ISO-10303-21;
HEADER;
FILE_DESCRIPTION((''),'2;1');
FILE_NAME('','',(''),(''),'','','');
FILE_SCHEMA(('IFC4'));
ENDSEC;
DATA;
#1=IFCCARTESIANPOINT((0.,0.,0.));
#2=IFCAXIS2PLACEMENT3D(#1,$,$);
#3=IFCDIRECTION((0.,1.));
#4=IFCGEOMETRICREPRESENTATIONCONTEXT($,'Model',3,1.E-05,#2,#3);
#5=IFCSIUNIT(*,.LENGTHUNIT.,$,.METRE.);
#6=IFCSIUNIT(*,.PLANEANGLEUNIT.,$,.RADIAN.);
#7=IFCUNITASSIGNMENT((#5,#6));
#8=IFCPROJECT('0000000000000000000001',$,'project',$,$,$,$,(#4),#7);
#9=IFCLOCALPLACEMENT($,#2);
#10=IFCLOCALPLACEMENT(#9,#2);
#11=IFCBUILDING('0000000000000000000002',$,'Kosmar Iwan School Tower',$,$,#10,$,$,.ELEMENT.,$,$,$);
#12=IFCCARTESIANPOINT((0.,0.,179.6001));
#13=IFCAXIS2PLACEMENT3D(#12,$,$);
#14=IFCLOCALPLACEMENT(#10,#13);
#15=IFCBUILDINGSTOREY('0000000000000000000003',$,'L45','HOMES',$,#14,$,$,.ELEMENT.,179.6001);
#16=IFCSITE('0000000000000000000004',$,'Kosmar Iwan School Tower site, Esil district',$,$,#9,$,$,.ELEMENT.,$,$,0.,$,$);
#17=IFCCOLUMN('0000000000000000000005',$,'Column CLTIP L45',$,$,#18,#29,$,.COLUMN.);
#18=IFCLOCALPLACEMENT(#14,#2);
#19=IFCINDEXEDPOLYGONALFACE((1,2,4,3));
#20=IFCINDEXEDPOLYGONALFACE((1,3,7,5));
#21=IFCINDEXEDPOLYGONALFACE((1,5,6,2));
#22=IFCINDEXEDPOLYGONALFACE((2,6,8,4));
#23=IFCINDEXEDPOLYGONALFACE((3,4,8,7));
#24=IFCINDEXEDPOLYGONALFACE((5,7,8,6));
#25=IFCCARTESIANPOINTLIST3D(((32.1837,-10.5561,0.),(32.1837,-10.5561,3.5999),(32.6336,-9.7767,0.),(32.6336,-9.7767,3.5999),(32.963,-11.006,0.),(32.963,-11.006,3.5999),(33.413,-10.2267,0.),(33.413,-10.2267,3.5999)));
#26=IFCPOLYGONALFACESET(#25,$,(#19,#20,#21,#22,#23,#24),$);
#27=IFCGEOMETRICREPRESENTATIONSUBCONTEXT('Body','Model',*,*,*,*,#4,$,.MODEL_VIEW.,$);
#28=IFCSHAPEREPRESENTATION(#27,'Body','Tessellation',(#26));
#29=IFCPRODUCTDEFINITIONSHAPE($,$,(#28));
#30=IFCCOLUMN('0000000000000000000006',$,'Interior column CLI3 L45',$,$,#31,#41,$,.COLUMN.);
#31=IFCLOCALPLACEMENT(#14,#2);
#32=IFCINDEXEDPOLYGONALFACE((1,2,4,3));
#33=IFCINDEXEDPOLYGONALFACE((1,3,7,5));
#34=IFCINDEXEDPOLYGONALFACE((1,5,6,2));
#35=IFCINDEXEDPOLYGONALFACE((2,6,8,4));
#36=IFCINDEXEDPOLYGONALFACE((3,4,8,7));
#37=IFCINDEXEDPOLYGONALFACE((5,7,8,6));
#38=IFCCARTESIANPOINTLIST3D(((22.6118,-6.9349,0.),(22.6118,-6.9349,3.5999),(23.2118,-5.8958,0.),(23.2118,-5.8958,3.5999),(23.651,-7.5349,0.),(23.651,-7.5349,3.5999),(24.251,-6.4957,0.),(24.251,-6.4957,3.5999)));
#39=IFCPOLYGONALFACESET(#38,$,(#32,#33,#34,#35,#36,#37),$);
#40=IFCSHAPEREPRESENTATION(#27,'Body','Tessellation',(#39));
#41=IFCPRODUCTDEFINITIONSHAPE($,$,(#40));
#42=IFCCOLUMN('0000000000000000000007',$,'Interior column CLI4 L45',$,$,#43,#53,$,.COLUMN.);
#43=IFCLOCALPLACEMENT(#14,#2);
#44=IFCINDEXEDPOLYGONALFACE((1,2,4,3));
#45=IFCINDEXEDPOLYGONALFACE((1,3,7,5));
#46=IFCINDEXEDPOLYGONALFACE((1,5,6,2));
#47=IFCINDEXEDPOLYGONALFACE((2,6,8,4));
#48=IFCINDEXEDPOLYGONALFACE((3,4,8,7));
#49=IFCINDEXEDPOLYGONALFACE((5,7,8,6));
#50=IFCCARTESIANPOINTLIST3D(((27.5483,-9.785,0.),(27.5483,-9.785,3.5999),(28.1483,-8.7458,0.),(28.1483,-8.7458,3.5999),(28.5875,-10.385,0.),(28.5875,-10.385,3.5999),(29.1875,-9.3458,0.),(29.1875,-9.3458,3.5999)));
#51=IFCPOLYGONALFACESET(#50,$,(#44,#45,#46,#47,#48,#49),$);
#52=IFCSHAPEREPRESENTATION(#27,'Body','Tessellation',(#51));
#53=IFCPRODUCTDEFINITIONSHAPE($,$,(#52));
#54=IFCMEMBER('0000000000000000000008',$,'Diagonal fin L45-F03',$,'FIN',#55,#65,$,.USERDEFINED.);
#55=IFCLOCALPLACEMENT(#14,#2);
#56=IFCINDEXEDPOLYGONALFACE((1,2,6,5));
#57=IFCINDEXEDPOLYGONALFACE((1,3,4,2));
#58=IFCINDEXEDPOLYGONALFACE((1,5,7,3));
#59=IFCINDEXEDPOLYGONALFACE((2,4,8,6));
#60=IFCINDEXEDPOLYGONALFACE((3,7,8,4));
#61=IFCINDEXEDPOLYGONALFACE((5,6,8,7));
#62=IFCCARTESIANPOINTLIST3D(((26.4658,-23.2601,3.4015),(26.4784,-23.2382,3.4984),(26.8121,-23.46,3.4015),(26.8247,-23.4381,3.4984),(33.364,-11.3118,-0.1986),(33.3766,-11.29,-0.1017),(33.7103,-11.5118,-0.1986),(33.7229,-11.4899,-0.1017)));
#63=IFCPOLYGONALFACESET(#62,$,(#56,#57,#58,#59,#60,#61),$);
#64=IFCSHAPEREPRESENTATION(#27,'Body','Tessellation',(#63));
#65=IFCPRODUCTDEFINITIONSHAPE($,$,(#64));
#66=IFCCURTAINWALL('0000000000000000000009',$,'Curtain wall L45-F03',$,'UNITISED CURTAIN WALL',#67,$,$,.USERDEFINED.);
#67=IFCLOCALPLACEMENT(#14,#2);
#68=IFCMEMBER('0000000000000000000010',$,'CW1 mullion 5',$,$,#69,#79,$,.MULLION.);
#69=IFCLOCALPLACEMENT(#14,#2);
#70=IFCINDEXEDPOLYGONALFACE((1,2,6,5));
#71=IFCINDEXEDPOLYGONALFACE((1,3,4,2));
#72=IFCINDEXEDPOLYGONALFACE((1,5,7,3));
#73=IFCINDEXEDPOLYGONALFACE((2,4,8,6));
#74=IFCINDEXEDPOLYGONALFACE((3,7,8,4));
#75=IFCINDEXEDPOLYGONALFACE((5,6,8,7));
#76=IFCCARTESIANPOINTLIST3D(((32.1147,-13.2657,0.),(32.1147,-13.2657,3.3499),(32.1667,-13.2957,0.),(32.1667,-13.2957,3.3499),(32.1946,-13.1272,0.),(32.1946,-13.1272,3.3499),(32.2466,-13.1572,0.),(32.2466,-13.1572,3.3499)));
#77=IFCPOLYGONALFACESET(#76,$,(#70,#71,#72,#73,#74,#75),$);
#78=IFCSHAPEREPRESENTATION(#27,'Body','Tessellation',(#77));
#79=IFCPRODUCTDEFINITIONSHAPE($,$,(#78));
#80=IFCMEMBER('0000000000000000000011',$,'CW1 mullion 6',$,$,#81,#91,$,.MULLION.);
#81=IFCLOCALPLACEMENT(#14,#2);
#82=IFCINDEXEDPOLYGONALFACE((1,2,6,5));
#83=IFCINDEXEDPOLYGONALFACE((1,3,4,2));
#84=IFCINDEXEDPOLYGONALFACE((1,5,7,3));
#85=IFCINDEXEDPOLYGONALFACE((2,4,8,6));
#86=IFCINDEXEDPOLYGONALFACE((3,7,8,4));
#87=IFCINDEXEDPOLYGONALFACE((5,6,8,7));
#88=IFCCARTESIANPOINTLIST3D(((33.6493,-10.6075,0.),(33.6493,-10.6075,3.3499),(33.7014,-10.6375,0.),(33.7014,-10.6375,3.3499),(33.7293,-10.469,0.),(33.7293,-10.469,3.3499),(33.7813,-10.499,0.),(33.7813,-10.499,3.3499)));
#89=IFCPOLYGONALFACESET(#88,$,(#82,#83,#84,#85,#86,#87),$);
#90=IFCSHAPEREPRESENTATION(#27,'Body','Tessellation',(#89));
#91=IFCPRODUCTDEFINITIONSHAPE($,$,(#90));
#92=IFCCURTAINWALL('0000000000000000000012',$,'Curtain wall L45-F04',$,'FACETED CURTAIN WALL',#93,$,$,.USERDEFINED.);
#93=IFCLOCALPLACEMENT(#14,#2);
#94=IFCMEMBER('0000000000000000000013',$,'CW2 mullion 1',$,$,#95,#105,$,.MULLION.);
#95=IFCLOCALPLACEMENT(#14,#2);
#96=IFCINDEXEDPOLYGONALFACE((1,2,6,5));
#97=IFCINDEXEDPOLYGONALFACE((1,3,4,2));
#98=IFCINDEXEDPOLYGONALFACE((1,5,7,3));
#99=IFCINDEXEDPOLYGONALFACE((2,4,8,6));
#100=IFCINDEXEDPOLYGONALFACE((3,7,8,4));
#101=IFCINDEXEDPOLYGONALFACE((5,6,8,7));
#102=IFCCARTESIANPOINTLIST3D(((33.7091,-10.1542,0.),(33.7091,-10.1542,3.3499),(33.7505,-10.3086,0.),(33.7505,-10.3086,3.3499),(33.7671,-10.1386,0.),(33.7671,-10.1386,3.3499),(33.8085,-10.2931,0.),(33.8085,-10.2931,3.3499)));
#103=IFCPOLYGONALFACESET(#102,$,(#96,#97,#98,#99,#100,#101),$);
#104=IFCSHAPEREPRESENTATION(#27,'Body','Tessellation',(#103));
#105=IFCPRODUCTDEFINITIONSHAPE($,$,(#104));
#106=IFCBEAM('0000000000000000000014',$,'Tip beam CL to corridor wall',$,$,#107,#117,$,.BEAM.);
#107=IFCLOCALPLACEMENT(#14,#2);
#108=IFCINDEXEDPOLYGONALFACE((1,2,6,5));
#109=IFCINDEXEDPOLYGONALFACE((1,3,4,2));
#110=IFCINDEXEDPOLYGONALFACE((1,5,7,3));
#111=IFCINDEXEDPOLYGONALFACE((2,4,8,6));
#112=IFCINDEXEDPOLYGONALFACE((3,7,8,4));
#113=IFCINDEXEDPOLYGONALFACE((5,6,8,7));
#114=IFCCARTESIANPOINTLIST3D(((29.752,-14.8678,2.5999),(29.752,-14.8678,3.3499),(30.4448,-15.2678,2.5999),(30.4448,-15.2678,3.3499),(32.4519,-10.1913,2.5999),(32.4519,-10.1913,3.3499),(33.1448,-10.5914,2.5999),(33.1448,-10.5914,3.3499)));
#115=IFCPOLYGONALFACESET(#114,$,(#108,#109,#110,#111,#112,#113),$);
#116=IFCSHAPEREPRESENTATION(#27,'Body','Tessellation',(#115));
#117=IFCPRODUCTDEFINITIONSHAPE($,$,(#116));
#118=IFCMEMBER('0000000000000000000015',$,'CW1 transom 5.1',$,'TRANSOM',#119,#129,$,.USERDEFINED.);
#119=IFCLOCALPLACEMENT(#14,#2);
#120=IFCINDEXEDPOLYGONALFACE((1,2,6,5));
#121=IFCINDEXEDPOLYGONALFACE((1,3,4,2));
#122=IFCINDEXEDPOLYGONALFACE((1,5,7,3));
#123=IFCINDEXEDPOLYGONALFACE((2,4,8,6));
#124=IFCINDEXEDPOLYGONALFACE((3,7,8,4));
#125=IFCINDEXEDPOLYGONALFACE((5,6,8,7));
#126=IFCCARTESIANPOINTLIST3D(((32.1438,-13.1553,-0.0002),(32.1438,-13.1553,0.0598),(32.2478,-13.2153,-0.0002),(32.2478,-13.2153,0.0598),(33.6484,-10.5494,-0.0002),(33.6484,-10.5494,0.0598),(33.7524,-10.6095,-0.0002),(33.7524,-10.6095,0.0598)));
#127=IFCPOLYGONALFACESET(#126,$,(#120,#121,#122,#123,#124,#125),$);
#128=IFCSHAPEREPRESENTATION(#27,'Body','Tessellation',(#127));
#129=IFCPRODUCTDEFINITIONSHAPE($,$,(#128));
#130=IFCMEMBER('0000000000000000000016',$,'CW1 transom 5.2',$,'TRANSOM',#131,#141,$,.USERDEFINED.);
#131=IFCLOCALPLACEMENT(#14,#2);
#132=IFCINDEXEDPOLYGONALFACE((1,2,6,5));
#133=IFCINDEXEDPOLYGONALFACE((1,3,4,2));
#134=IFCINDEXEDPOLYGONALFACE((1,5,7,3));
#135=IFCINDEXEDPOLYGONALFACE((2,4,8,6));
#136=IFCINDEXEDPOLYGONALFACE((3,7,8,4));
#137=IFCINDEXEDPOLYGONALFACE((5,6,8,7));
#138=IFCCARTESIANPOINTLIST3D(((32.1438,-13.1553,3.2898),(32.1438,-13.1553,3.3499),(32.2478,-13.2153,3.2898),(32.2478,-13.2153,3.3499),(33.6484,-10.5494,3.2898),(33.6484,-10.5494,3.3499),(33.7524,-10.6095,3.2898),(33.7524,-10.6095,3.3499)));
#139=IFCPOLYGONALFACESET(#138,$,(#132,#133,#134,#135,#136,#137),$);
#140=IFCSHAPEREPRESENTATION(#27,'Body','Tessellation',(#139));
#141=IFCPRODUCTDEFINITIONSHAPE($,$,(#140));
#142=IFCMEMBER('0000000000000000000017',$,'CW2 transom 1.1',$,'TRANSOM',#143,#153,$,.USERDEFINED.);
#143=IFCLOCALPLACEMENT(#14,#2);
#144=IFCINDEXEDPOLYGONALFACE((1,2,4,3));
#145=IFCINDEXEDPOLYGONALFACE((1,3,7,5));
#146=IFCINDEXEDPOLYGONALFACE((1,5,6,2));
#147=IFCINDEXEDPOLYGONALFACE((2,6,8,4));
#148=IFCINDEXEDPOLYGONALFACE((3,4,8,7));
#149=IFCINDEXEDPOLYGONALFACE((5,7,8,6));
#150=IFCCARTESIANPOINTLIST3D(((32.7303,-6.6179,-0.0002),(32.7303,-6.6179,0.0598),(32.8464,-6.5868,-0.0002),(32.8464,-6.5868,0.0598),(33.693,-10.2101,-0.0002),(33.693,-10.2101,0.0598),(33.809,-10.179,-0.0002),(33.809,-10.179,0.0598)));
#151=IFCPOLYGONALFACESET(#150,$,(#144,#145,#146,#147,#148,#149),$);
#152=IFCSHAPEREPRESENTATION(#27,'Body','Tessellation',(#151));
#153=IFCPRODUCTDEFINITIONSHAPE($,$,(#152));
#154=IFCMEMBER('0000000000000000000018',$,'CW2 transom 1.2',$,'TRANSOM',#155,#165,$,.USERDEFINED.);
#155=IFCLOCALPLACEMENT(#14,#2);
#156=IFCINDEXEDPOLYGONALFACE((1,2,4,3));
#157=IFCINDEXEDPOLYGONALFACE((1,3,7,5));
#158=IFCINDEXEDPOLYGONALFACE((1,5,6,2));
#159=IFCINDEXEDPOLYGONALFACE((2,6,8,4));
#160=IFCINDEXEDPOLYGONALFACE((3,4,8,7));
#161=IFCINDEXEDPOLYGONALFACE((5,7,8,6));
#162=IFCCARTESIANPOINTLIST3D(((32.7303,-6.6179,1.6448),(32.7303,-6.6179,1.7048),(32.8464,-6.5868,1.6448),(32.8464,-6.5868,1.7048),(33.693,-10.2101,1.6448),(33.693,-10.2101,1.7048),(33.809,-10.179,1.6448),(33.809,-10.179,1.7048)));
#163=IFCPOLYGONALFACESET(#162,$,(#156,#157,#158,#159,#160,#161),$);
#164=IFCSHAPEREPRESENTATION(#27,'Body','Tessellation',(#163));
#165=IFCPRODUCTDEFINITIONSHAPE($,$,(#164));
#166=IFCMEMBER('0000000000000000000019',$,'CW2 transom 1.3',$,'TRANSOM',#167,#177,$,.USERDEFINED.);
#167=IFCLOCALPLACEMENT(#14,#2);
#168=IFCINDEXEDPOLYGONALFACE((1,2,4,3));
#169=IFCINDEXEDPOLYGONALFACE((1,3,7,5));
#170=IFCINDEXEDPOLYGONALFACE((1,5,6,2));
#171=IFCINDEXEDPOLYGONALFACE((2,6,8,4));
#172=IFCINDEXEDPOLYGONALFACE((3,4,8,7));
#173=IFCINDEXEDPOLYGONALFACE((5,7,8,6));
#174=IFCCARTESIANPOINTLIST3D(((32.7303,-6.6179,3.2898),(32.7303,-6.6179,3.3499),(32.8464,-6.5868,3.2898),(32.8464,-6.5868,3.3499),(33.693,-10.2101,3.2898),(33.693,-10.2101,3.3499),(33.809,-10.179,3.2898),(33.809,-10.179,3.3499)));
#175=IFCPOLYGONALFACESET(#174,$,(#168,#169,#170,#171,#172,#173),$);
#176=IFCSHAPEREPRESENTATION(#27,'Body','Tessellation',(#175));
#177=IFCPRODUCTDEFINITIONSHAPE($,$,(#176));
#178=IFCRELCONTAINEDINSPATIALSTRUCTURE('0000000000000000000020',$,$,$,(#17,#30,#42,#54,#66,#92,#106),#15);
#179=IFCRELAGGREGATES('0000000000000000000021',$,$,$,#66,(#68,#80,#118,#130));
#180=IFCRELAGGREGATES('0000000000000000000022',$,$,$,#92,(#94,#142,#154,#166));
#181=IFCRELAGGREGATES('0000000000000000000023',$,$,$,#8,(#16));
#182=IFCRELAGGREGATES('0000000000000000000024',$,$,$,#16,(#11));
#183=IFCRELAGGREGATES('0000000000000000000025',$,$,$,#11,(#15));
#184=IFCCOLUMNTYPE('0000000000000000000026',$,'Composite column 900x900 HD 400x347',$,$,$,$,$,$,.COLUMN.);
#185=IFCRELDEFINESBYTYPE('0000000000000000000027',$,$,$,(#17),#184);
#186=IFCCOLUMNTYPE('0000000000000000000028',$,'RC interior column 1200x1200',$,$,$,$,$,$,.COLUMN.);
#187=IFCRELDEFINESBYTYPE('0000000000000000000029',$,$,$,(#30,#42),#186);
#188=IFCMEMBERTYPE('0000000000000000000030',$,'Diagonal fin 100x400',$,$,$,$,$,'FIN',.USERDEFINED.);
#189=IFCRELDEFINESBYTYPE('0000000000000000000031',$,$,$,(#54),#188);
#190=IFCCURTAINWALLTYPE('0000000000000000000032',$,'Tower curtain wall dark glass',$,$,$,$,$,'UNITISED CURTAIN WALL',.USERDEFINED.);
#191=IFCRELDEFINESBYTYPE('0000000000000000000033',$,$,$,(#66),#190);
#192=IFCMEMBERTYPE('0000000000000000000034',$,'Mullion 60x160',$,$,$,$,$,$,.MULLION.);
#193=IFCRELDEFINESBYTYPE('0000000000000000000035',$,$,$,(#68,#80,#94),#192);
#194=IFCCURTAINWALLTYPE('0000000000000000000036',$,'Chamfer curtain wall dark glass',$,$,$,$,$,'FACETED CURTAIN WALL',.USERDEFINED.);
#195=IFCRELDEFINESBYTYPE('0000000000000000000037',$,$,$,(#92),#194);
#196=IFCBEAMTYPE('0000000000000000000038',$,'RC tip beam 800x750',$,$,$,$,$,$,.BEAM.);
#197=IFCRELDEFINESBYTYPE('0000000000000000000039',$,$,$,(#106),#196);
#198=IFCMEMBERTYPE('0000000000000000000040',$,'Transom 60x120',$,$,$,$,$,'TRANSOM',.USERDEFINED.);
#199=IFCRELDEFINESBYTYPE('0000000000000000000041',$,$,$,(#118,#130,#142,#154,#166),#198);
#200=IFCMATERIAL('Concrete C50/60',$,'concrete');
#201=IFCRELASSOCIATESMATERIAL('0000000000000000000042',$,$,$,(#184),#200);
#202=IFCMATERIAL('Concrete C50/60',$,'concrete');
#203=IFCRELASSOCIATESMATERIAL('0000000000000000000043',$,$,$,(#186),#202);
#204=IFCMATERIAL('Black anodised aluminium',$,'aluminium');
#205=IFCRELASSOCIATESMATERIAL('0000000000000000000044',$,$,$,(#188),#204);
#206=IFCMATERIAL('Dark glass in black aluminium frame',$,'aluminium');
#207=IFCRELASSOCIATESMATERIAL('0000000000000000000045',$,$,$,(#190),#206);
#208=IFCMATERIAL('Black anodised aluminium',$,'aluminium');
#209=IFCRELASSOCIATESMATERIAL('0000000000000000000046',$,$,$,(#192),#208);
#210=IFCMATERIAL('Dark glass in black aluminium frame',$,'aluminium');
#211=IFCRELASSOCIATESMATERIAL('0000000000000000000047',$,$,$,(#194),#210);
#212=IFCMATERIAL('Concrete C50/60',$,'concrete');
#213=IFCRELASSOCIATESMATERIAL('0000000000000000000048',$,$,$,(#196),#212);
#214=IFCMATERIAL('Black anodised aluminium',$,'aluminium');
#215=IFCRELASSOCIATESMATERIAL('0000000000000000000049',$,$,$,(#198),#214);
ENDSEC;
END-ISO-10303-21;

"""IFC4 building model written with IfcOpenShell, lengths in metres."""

from ifc_helpers import new_model, si_unit, direction, frame, origin, origin_2d, place, context, subcontext, project, spatial, rectangle, extrude, material, material_profile, profile_set, type_object, element, aggregate, save


model = new_model("IFC4")

# Units and contexts
model_context = context("Model", 3, precision=1e-05, world=origin(), true_north=direction((0.0, 1.0)))
body_context = subcontext(model_context, "Body", "Model", "MODEL_VIEW")
ifc_project = project(units=[si_unit("LENGTHUNIT", "METRE"), si_unit("PLANEANGLEUNIT", "RADIAN")], contexts=[model_context])

# Site, building, storey
site_placement = place(None, origin())
site = spatial("IfcSite", under=ifc_project, at=site_placement, Name="Kosmar Iwan School Tower site, Esil district", CompositionType="ELEMENT", RefElevation=0.0)
building_placement = place(site_placement, origin())
building = spatial("IfcBuilding", under=site, at=building_placement, Name="Kosmar Iwan School Tower", CompositionType="ELEMENT")
storey_placement = place(building_placement, frame((0.0, 0.0, 179.6001)))
storey = spatial("IfcBuildingStorey", under=building, at=storey_placement, Name="L45", Description="HOMES", CompositionType="ELEMENT", Elevation=179.6001)

# Columns
ifc_material_1 = material(Name="Concrete C50/60", Category="concrete")
ifc_material_profile_1 = material_profile(ifc_material_1, rectangle(XDim=0.8999, YDim=0.8999, at=origin_2d()), Name="RC 900x900 + HD 400x347")
ifc_profile_set_1 = profile_set([ifc_material_profile_1], Name="Concrete C50/60")
column_type_1 = type_object("IfcColumnType", Name="Composite column 900x900 HD 400x347", PredefinedType="COLUMN", material=ifc_profile_set_1)
column_placement = place(storey_placement, frame((32.7983, -10.3914, 0.0), z_axis=(0.0, 0.0, 1.0), x_axis=(0.866025, -0.5, 0.0)))
element("IfcColumn", 1, at=column_placement, inside=storey, type_object=column_type_1, Name="Column CLTIP L45", PredefinedType="COLUMN", context=body_context, shape_type="SweptSolid", body=[
    extrude(rectangle(XDim=0.8999, YDim=0.8999, at=origin_2d()), origin(), (0.0, 0.0, 1.0), 3.5999),
])
ifc_material_2 = material(Name="Concrete C50/60", Category="concrete")
ifc_material_profile_2 = material_profile(ifc_material_2, rectangle(XDim=1.2, YDim=1.2, at=origin_2d()), Name="RC 1200x1200")
ifc_profile_set_2 = profile_set([ifc_material_profile_2], Name="Concrete C50/60")
column_type_2 = type_object("IfcColumnType", Name="RC interior column 1200x1200", PredefinedType="COLUMN", material=ifc_profile_set_2)
for number, where, z_axis, x_axis, name in (
    (2, (23.4314, -6.7153, 0.0), (0.0, 0.0, 1.0), (0.866025, -0.5, 0.0), "Interior column CLI3 L45"),
    (3, (28.3679, -9.5654, 0.0), (0.0, 0.0, 1.0), (0.866025, -0.5, 0.0), "Interior column CLI4 L45"),
):
    element("IfcColumn", number, at=place(storey_placement, frame(where, z_axis=z_axis, x_axis=x_axis)), inside=storey, type_object=column_type_2, Name=name, PredefinedType="COLUMN", context=body_context, shape_type="SweptSolid", body=[
        extrude(rectangle(XDim=1.2, YDim=1.2, at=origin_2d()), origin(), (0.0, 0.0, 1.0), 3.5999),
    ])

# Member
ifc_material_3 = material(Name="Black anodised aluminium", Category="aluminium")
ifc_material_profile_3 = material_profile(ifc_material_3, rectangle(XDim=0.1001, YDim=0.3999, at=origin_2d()), Name="FIN 100x400")
ifc_profile_set_3 = profile_set([ifc_material_profile_3], Name="Black anodised aluminium")
member_type_1 = type_object("IfcMemberType", Name="Diagonal fin 100x400", ElementType="FIN", PredefinedType="USERDEFINED", material=ifc_profile_set_3)
member_1_placement = place(storey_placement, frame((33.5435, -11.4009, -0.1501), z_axis=(-0.483793, -0.83797, 0.252487), x_axis=(0.126242, 0.218661, 0.9676)))
element("IfcMember", 4, at=member_1_placement, inside=storey, type_object=member_type_1, Name="Diagonal fin L45-F03", ObjectType="FIN", PredefinedType="USERDEFINED", context=body_context, shape_type="SweptSolid", body=[
    extrude(rectangle(XDim=0.1001, YDim=0.3999, at=origin_2d()), origin(), (0.0, 0.0, 1.0), 14.2585),
])

# Curtain wall, members
ifc_material_4 = material(Name="Dark glass in black aluminium frame", Category="aluminium")
curtain_wall_type_1 = type_object("IfcCurtainWallType", Name="Tower curtain wall dark glass", ElementType="UNITISED CURTAIN WALL", PredefinedType="USERDEFINED", material=ifc_material_4)
curtain_wall_1_placement = place(storey_placement, origin())
curtain_wall_1 = element("IfcCurtainWall", 5, at=curtain_wall_1_placement, inside=storey, type_object=curtain_wall_type_1, Name="Curtain wall L45-F03", ObjectType="UNITISED CURTAIN WALL", PredefinedType="USERDEFINED")
ifc_material_5 = material(Name="Black anodised aluminium", Category="aluminium")
ifc_material_profile_4 = material_profile(ifc_material_5, rectangle(XDim=0.0601, YDim=0.1599, at=origin_2d()), Name="MULLION 60x160")
ifc_profile_set_4 = profile_set([ifc_material_profile_4], Name="Black anodised aluminium")
member_type_2 = type_object("IfcMemberType", Name="Mullion 60x160", PredefinedType="MULLION", material=ifc_profile_set_4)
member_2_placement = place(storey_placement, frame((32.1807, -13.2114, 0.0), z_axis=(0.0, 0.0, 1.0), x_axis=(-0.866025, 0.5, 0.0)))
member_2 = element("IfcMember", 6, at=member_2_placement, type_object=member_type_2, Name="CW1 mullion 5", PredefinedType="MULLION", context=body_context, shape_type="SweptSolid", body=[
    extrude(rectangle(XDim=0.0601, YDim=0.1599, at=origin_2d()), origin(), (0.0, 0.0, 1.0), 3.3499),
])
member_3_placement = place(storey_placement, frame((33.7153, -10.5532, 0.0), z_axis=(0.0, 0.0, 1.0), x_axis=(-0.866025, 0.5, 0.0)))
member_3 = element("IfcMember", 7, at=member_3_placement, type_object=member_type_2, Name="CW1 mullion 6", PredefinedType="MULLION", context=body_context, shape_type="SweptSolid", body=[
    extrude(rectangle(XDim=0.0601, YDim=0.1599, at=origin_2d()), origin(), (0.0, 0.0, 1.0), 3.3499),
])

# Curtain wall, member
ifc_material_6 = material(Name="Dark glass in black aluminium frame", Category="aluminium")
curtain_wall_type_2 = type_object("IfcCurtainWallType", Name="Chamfer curtain wall dark glass", ElementType="FACETED CURTAIN WALL", PredefinedType="USERDEFINED", material=ifc_material_6)
curtain_wall_2_placement = place(storey_placement, origin())
curtain_wall_2 = element("IfcCurtainWall", 8, at=curtain_wall_2_placement, inside=storey, type_object=curtain_wall_type_2, Name="Curtain wall L45-F04", ObjectType="FACETED CURTAIN WALL", PredefinedType="USERDEFINED")
member_4_placement = place(storey_placement, frame((33.7588, -10.2236, 0.0), z_axis=(0.0, 0.0, 1.0), x_axis=(-0.965926, -0.258819, 0.0)))
member_4 = element("IfcMember", 9, at=member_4_placement, type_object=member_type_2, Name="CW2 mullion 1", PredefinedType="MULLION", context=body_context, shape_type="SweptSolid", body=[
    extrude(rectangle(XDim=0.0601, YDim=0.1599, at=origin_2d()), origin(), (0.0, 0.0, 1.0), 3.3499),
])

# Beam
ifc_material_7 = material(Name="Concrete C50/60", Category="concrete")
ifc_material_profile_5 = material_profile(ifc_material_7, rectangle(XDim=0.8, YDim=0.75, at=origin_2d()), Name="RC 800x750")
ifc_profile_set_5 = profile_set([ifc_material_profile_5], Name="Concrete C50/60")
beam_type = type_object("IfcBeamType", Name="RC tip beam 800x750", PredefinedType="BEAM", material=ifc_profile_set_5)
beam_placement = place(storey_placement, frame((32.7983, -10.3914, 2.9749), z_axis=(-0.499995, -0.866028, 0.0), x_axis=(0.866028, -0.499995, 0.0)))
element("IfcBeam", 10, at=beam_placement, inside=storey, type_object=beam_type, Name="Tip beam CL to corridor wall", PredefinedType="BEAM", context=body_context, shape_type="SweptSolid", body=[
    extrude(rectangle(XDim=0.8, YDim=0.75, at=origin_2d()), origin(), (0.0, 0.0, 1.0), 5.3999),
])

# Members
ifc_material_8 = material(Name="Black anodised aluminium", Category="aluminium")
ifc_material_profile_6 = material_profile(ifc_material_8, rectangle(XDim=0.1201, YDim=0.0601, at=origin_2d()), Name="TRANSOM 60x120")
ifc_profile_set_6 = profile_set([ifc_material_profile_6], Name="Black anodised aluminium")
member_type_3 = type_object("IfcMemberType", Name="Transom 60x120", ElementType="TRANSOM", PredefinedType="USERDEFINED", material=ifc_profile_set_6)
member_5_placement = place(storey_placement, frame((32.1958, -13.1853, 0.0298), z_axis=(0.500022, 0.866013, 0.0), x_axis=(-0.866013, 0.500022, 0.0)))
member_5 = element("IfcMember", 11, at=member_5_placement, type_object=member_type_3, Name="CW1 transom 5.1", ObjectType="TRANSOM", PredefinedType="USERDEFINED", context=body_context, shape_type="SweptSolid", body=[
    extrude(rectangle(XDim=0.1201, YDim=0.0601, at=origin_2d()), origin(), (0.0, 0.0, 1.0), 3.009),
])
member_6_placement = place(storey_placement, frame((32.1958, -13.1853, 3.3198), z_axis=(0.500022, 0.866013, 0.0), x_axis=(-0.866013, 0.500022, 0.0)))
member_6 = element("IfcMember", 12, at=member_6_placement, type_object=member_type_3, Name="CW1 transom 5.2", ObjectType="TRANSOM", PredefinedType="USERDEFINED", context=body_context, shape_type="SweptSolid", body=[
    extrude(rectangle(XDim=0.1201, YDim=0.0601, at=origin_2d()), origin(), (0.0, 0.0, 1.0), 3.009),
])
member_7_placement = place(storey_placement, frame((33.751, -10.1946, 0.0298), z_axis=(-0.258843, 0.965919, 0.0), x_axis=(-0.965919, -0.258843, 0.0)))
member_7 = element("IfcMember", 13, at=member_7_placement, type_object=member_type_3, Name="CW2 transom 1.1", ObjectType="TRANSOM", PredefinedType="USERDEFINED", context=body_context, shape_type="SweptSolid", body=[
    extrude(rectangle(XDim=0.1201, YDim=0.0601, at=origin_2d()), origin(), (0.0, 0.0, 1.0), 3.719),
])
member_8_placement = place(storey_placement, frame((33.751, -10.1946, 1.6748), z_axis=(-0.258843, 0.965919, 0.0), x_axis=(-0.965919, -0.258843, 0.0)))
member_8 = element("IfcMember", 14, at=member_8_placement, type_object=member_type_3, Name="CW2 transom 1.2", ObjectType="TRANSOM", PredefinedType="USERDEFINED", context=body_context, shape_type="SweptSolid", body=[
    extrude(rectangle(XDim=0.1201, YDim=0.0601, at=origin_2d()), origin(), (0.0, 0.0, 1.0), 3.719),
])
member_9_placement = place(storey_placement, frame((33.751, -10.1946, 3.3198), z_axis=(-0.258843, 0.965919, 0.0), x_axis=(-0.965919, -0.258843, 0.0)))
member_9 = element("IfcMember", 15, at=member_9_placement, type_object=member_type_3, Name="CW2 transom 1.3", ObjectType="TRANSOM", PredefinedType="USERDEFINED", context=body_context, shape_type="SweptSolid", body=[
    extrude(rectangle(XDim=0.1201, YDim=0.0601, at=origin_2d()), origin(), (0.0, 0.0, 1.0), 3.719),
])

aggregate(curtain_wall_1, [member_2, member_3, member_5, member_6])
aggregate(curtain_wall_2, [member_4, member_7, member_8, member_9])

save(model, "model.ifc")
